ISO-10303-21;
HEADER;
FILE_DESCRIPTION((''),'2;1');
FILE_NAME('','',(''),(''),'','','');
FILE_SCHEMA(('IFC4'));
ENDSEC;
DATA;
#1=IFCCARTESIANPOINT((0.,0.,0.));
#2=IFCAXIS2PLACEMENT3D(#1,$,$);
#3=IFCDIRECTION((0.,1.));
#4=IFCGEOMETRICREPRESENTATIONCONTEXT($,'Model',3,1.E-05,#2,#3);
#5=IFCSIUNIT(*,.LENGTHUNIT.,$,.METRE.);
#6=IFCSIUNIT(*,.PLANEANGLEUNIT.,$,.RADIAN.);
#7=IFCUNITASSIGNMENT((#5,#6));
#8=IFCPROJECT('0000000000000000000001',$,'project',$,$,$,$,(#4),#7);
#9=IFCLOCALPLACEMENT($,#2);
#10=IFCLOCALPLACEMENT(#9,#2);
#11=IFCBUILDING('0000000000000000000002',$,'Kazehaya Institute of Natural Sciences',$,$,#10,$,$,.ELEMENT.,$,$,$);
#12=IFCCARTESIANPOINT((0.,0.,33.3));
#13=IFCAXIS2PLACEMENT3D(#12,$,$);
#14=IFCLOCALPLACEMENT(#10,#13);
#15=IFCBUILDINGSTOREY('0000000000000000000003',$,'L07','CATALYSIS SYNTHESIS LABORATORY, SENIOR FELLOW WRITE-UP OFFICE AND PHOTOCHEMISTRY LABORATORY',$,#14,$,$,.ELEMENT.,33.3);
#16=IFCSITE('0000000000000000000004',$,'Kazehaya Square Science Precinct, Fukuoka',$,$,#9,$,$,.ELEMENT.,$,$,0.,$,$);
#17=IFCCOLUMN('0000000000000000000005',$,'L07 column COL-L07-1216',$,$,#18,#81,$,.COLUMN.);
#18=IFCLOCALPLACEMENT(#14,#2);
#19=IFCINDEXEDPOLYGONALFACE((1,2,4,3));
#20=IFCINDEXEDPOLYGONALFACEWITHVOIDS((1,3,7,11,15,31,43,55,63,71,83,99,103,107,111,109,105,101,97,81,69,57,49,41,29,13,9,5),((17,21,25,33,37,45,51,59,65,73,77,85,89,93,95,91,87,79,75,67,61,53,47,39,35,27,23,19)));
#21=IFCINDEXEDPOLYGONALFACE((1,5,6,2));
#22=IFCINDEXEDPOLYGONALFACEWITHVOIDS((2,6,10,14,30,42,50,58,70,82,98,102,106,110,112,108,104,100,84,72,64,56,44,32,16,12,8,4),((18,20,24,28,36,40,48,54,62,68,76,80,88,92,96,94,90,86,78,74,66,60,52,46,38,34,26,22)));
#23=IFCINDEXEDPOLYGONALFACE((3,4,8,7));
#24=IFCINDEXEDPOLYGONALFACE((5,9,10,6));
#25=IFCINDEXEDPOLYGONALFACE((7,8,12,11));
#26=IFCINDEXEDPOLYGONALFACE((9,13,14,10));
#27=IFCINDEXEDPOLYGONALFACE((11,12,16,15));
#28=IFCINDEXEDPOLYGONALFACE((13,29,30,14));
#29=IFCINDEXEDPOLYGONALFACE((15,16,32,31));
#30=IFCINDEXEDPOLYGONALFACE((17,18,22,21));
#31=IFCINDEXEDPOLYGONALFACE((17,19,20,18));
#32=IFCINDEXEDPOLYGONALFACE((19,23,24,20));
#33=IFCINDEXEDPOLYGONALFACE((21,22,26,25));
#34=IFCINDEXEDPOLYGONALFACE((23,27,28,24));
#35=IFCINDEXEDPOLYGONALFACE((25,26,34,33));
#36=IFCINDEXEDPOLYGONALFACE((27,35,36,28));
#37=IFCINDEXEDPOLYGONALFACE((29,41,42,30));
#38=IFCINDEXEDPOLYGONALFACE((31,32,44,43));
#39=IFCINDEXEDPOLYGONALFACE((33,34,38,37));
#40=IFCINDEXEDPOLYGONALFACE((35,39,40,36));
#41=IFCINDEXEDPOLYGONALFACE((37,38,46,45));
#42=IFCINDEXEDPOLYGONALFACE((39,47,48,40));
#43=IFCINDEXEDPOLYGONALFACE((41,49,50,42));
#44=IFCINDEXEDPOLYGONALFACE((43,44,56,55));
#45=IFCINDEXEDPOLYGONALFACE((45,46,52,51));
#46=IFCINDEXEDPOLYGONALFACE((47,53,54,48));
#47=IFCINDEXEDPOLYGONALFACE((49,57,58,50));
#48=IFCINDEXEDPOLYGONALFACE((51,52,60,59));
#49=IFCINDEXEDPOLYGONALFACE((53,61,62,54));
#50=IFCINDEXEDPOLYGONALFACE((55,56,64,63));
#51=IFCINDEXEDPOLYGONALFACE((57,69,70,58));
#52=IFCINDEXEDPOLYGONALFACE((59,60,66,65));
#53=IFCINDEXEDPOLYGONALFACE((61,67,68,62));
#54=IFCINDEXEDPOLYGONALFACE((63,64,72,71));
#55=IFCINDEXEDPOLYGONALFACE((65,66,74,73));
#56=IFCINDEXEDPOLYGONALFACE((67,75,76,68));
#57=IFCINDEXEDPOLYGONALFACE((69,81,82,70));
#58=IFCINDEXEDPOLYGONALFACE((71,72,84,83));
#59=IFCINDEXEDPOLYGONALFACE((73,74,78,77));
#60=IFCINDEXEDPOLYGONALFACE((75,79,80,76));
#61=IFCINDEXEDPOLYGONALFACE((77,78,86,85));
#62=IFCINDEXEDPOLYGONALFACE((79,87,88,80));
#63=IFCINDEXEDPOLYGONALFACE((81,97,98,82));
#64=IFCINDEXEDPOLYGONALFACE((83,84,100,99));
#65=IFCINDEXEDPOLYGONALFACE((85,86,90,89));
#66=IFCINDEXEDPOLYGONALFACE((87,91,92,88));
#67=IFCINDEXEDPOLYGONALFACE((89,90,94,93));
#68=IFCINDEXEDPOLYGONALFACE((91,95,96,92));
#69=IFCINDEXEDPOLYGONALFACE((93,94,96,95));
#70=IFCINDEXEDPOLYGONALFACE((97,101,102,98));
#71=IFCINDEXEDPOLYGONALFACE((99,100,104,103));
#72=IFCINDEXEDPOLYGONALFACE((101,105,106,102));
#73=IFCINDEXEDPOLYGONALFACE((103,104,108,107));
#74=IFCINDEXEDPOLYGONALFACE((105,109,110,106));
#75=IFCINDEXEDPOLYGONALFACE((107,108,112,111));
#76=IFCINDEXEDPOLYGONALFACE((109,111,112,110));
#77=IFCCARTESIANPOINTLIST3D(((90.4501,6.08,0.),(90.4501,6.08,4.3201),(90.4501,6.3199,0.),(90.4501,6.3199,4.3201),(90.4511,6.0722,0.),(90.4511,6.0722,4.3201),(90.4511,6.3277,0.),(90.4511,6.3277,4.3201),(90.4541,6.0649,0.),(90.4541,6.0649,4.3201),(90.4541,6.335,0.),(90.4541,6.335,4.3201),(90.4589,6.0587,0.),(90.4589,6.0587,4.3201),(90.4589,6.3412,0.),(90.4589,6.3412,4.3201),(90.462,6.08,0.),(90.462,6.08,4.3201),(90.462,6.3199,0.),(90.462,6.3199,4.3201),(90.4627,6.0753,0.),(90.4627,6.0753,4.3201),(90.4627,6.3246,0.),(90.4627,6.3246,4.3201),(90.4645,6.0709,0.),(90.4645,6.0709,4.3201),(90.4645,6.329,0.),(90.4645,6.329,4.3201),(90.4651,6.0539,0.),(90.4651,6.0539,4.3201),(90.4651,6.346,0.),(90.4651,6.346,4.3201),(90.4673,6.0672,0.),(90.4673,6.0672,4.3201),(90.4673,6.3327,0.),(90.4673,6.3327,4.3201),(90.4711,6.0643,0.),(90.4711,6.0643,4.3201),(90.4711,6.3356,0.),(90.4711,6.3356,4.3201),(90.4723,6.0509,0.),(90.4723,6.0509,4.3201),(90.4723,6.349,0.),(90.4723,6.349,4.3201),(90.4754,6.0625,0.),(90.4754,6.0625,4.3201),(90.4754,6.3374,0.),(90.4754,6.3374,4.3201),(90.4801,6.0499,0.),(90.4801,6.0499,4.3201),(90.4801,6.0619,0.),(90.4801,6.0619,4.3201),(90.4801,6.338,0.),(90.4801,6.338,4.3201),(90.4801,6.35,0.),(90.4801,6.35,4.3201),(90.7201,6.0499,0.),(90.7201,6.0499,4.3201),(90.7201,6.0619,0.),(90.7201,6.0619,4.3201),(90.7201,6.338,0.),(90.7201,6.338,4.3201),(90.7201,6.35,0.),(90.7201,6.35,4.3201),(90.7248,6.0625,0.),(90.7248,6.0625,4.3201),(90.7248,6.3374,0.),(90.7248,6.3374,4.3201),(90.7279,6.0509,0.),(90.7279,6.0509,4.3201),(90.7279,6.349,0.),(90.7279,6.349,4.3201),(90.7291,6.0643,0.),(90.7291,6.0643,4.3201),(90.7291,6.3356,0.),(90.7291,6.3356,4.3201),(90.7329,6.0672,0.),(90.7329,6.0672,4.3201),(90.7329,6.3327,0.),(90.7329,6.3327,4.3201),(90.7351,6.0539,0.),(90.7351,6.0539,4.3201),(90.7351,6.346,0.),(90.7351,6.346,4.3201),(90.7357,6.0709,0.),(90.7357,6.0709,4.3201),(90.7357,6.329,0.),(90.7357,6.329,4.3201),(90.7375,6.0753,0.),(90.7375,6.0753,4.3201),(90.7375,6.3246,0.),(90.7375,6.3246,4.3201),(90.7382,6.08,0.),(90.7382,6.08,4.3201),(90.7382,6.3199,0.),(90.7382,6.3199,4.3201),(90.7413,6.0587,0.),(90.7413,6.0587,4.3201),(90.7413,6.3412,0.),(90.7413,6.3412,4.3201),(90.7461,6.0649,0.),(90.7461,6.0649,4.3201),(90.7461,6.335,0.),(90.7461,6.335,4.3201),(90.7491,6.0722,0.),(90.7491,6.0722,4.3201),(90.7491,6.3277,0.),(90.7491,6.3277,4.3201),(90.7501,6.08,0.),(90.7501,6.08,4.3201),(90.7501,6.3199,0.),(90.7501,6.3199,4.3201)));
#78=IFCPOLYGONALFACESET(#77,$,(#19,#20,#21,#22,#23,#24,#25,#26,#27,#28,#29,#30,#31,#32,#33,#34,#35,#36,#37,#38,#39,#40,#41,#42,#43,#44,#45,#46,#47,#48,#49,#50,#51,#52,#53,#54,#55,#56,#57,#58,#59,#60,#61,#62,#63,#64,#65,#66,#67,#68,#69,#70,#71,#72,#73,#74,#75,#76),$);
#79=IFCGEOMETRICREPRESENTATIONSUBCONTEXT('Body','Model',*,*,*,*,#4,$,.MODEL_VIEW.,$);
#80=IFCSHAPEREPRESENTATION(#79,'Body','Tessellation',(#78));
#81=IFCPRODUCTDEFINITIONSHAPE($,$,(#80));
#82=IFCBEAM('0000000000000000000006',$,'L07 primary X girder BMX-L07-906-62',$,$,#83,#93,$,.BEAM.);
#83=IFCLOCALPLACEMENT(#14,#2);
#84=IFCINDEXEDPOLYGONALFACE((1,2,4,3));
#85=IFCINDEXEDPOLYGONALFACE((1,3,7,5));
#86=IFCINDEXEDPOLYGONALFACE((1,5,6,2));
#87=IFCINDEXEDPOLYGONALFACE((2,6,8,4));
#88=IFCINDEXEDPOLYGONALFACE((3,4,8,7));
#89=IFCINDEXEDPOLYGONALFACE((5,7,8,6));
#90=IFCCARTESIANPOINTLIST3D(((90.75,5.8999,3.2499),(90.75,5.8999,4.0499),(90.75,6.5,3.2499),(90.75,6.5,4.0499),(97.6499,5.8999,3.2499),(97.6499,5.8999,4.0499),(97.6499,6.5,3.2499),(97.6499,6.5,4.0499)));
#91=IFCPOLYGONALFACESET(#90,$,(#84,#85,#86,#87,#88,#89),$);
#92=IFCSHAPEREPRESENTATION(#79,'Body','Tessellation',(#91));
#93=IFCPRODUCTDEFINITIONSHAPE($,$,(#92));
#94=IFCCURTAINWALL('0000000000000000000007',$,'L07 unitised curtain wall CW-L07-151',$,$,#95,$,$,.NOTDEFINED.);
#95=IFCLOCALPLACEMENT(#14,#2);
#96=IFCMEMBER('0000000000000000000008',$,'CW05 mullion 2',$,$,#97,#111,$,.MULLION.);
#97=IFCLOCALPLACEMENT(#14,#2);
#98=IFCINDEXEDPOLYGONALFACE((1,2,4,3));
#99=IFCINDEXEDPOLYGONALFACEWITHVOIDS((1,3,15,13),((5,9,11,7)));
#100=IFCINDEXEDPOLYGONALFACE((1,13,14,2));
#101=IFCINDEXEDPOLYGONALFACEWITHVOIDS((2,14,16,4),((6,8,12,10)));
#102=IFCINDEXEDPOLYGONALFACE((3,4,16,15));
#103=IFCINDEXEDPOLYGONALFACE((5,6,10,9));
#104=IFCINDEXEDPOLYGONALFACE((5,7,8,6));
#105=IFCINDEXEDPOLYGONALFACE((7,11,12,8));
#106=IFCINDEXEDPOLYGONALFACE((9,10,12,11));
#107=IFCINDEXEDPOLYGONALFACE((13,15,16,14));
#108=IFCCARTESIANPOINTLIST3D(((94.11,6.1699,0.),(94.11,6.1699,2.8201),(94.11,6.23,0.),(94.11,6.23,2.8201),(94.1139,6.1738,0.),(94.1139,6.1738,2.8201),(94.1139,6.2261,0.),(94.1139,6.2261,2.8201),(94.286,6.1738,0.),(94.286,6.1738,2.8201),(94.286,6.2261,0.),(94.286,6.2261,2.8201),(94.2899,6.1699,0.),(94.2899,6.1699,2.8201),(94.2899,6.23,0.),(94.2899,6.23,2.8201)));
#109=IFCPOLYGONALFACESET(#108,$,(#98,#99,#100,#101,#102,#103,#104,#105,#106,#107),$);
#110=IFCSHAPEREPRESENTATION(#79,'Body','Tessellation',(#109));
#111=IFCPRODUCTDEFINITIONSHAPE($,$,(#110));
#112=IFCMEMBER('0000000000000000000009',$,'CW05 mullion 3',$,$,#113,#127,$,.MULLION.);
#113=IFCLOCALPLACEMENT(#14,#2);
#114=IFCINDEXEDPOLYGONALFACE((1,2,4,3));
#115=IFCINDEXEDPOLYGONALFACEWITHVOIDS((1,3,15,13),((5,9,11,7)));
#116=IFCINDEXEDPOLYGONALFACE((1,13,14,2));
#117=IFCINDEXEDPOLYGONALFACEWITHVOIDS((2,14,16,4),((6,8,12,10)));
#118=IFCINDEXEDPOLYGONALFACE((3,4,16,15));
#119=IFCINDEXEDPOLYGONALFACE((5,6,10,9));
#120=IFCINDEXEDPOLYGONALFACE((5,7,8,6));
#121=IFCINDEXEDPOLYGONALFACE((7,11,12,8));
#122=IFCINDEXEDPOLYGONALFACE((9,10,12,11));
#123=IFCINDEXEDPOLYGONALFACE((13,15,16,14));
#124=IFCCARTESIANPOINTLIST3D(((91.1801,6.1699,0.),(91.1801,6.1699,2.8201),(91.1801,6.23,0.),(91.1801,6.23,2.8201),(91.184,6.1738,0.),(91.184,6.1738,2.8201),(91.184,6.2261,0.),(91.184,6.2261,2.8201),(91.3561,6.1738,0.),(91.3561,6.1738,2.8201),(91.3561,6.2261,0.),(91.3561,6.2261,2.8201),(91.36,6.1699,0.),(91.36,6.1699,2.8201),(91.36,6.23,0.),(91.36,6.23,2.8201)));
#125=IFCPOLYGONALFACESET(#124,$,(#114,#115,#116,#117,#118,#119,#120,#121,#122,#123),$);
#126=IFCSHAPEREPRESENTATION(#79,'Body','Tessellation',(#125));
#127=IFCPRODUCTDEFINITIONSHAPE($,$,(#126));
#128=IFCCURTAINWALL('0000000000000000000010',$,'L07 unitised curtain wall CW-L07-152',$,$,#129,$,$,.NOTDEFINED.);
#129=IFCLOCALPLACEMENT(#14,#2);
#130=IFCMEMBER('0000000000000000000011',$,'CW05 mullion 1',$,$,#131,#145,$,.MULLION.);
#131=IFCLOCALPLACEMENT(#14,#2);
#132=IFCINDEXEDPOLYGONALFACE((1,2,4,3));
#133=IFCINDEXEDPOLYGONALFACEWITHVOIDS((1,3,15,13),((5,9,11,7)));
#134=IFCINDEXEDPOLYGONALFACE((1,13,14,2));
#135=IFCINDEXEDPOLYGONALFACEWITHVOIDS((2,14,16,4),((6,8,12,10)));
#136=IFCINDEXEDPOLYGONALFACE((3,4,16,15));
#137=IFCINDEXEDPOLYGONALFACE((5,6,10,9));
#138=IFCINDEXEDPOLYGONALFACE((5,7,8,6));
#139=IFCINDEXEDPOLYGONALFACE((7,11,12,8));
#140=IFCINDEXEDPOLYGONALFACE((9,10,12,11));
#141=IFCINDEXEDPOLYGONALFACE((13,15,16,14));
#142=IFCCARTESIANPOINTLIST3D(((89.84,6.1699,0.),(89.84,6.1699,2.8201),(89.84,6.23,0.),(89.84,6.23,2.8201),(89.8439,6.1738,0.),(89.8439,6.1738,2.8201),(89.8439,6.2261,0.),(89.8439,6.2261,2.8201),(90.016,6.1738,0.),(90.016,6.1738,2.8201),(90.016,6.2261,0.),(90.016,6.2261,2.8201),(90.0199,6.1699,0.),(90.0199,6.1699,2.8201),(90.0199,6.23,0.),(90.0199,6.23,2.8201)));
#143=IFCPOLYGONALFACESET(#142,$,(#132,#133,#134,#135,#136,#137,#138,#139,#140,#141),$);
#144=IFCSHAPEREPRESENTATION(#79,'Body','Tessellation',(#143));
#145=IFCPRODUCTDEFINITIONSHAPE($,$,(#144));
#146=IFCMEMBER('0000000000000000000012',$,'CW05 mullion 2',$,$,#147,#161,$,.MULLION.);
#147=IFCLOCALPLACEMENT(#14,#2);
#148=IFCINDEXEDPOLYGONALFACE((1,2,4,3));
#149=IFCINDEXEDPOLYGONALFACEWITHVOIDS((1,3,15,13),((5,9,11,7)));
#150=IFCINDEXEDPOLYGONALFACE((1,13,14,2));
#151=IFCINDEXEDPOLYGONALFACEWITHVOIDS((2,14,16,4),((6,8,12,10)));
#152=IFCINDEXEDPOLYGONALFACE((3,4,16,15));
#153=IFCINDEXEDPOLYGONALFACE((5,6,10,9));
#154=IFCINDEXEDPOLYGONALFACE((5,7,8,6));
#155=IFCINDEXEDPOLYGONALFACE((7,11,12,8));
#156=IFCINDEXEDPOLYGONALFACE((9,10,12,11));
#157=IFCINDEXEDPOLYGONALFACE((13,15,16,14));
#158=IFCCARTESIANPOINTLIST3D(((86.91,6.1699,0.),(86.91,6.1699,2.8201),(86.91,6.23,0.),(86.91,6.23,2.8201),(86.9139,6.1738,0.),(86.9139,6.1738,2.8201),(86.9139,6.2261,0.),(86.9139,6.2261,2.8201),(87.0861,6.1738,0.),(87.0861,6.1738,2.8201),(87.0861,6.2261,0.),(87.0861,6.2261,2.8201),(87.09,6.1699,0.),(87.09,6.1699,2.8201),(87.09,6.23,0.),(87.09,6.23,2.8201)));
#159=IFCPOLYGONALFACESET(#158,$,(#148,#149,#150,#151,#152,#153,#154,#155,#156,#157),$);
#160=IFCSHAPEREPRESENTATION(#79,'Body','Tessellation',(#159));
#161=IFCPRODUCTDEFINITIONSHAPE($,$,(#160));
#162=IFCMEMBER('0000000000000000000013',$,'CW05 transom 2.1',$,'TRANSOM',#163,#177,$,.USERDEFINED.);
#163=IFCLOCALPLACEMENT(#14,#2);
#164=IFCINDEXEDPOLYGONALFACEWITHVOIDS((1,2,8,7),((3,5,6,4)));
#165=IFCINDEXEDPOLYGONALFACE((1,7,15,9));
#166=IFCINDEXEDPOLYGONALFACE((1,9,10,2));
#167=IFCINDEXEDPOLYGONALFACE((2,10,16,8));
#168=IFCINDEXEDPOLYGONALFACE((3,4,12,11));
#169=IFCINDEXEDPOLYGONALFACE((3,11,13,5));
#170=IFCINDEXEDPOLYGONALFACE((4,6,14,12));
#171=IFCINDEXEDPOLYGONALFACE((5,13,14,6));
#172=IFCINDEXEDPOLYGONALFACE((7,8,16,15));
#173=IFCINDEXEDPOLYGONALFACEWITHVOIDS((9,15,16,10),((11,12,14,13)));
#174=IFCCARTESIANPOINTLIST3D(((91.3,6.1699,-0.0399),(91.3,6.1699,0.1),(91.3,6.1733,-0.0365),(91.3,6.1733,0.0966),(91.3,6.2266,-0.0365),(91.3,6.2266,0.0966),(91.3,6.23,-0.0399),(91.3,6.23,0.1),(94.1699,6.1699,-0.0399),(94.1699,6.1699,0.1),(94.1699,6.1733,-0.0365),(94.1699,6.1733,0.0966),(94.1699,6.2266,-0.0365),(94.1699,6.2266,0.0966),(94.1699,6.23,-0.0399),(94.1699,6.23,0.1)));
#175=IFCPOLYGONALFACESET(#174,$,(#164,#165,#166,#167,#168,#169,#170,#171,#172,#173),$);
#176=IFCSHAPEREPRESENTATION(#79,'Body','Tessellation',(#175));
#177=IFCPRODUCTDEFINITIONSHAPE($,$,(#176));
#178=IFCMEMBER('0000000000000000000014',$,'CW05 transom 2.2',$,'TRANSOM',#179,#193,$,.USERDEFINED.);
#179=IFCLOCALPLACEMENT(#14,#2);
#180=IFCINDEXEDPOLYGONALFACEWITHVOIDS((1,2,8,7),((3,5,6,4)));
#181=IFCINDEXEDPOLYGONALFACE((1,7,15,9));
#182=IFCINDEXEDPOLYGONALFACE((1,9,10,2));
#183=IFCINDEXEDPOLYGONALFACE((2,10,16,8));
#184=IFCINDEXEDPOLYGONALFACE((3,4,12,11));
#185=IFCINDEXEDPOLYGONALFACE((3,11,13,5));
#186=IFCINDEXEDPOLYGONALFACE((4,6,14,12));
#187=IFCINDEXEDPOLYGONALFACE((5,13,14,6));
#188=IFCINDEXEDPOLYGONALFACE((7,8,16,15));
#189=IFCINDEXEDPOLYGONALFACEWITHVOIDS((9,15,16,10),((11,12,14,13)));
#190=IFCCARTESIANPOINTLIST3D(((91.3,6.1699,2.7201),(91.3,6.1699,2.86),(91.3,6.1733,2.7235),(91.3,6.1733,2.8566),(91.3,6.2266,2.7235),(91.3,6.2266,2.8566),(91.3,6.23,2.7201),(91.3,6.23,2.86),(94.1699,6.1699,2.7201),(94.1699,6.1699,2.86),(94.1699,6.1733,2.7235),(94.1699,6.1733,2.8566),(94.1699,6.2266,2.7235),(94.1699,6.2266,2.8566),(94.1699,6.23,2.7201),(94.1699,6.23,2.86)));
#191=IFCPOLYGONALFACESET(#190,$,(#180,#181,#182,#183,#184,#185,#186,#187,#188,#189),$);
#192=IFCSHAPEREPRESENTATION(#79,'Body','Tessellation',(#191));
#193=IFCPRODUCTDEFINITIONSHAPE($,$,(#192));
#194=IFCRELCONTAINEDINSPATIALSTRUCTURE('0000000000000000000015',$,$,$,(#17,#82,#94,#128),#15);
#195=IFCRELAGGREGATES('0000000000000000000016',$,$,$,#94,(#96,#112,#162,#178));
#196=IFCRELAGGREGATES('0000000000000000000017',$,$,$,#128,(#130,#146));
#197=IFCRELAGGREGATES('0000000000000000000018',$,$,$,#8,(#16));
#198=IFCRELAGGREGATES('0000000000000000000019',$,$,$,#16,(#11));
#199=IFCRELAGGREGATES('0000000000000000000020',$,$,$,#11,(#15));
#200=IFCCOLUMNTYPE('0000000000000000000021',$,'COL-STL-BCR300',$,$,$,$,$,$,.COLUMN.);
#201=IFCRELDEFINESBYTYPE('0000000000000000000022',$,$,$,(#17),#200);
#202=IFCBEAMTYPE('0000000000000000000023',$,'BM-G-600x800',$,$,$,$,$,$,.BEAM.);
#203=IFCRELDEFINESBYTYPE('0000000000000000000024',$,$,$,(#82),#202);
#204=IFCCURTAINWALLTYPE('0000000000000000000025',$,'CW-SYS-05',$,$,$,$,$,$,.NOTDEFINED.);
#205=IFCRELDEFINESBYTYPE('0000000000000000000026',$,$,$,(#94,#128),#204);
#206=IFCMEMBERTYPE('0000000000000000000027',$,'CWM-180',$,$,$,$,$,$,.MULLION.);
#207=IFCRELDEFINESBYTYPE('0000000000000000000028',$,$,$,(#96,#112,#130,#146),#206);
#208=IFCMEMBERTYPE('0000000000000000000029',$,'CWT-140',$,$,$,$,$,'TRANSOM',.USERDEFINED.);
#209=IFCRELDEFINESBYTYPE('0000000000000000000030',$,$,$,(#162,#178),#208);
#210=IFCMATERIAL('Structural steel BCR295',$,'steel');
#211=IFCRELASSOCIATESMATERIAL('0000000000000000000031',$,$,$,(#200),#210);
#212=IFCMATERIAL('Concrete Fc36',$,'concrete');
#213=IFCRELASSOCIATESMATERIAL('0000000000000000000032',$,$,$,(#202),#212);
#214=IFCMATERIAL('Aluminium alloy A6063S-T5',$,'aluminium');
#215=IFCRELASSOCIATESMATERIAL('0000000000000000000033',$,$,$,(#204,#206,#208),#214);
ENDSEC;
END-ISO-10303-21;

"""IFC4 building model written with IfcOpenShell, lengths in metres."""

from ifc_helpers import new_model, si_unit, direction, frame, origin, origin_2d, place, context, subcontext, project, spatial, rectangle, hollow_rectangle, extrude, material, material_profile, profile_set, type_object, element, aggregate, save


model = new_model("IFC4")

# Units and contexts
model_context = context("Model", 3, precision=1e-05, world=origin(), true_north=direction((0.0, 1.0)))
body_context = subcontext(model_context, "Body", "Model", "MODEL_VIEW")
ifc_project = project(units=[si_unit("LENGTHUNIT", "METRE"), si_unit("PLANEANGLEUNIT", "RADIAN")], contexts=[model_context])

# Site, building, storey
site_placement = place(None, origin())
site = spatial("IfcSite", under=ifc_project, at=site_placement, Name="Kazehaya Square Science Precinct, Fukuoka", CompositionType="ELEMENT", RefElevation=0.0)
building_placement = place(site_placement, origin())
building = spatial("IfcBuilding", under=site, at=building_placement, Name="Kazehaya Institute of Natural Sciences", CompositionType="ELEMENT")
storey_placement = place(building_placement, frame((0.0, 0.0, 33.3)))
storey = spatial("IfcBuildingStorey", under=building, at=storey_placement, Name="L07", Description="CATALYSIS SYNTHESIS LABORATORY, SENIOR FELLOW WRITE-UP OFFICE AND PHOTOCHEMISTRY LABORATORY", CompositionType="ELEMENT", Elevation=33.3)

# Column
ifc_material_1 = material(Name="Structural steel BCR295", Category="steel")
ifc_material_profile_1 = material_profile(ifc_material_1, hollow_rectangle(XDim=0.3, YDim=0.3, WallThickness=0.012, InnerFilletRadius=0.0181, OuterFilletRadius=0.03, at=origin_2d()), Name="BCR-300x300x12")
ifc_profile_set_1 = profile_set([ifc_material_profile_1], Name="Structural steel BCR295")
column_type = type_object("IfcColumnType", Name="COL-STL-BCR300", PredefinedType="COLUMN", material=ifc_profile_set_1)
column_placement = place(storey_placement, frame((90.6001, 6.2, 0.0), z_axis=(0.0, 0.0, 1.0), x_axis=(1.0, 0.0, 0.0)))
element("IfcColumn", 1, at=column_placement, inside=storey, type_object=column_type, Name="L07 column COL-L07-1216", PredefinedType="COLUMN", context=body_context, shape_type="SweptSolid", body=[
    extrude(hollow_rectangle(XDim=0.3, YDim=0.3, WallThickness=0.012, InnerFilletRadius=0.0181, OuterFilletRadius=0.03, at=origin_2d()), origin(), (0.0, 0.0, 1.0), 4.3201),
])

# Beam
ifc_material_2 = material(Name="Concrete Fc36", Category="concrete")
ifc_material_profile_2 = material_profile(ifc_material_2, rectangle(XDim=0.6001, YDim=0.8, at=origin_2d()), Name="RC-600x800")
ifc_profile_set_2 = profile_set([ifc_material_profile_2], Name="Concrete Fc36")
beam_type = type_object("IfcBeamType", Name="BM-G-600x800", PredefinedType="BEAM", material=ifc_profile_set_2)
beam_placement = place(storey_placement, frame((90.75, 6.2, 3.6499), z_axis=(1.0, 0.0, 0.0), x_axis=(0.0, 1.0, 0.0)))
element("IfcBeam", 2, at=beam_placement, inside=storey, type_object=beam_type, Name="L07 primary X girder BMX-L07-906-62", PredefinedType="BEAM", context=body_context, shape_type="SweptSolid", body=[
    extrude(rectangle(XDim=0.6001, YDim=0.8, at=origin_2d()), origin(), (0.0, 0.0, 1.0), 6.8999),
])

# Curtain walls, members
ifc_material_3 = material(Name="Aluminium alloy A6063S-T5", Category="aluminium")
curtain_wall_type = type_object("IfcCurtainWallType", Name="CW-SYS-05", PredefinedType="NOTDEFINED", material=ifc_material_3)
curtain_wall_1_placement = place(storey_placement, origin())
curtain_wall_1 = element("IfcCurtainWall", 3, at=curtain_wall_1_placement, inside=storey, type_object=curtain_wall_type, Name="L07 unitised curtain wall CW-L07-151", PredefinedType="NOTDEFINED")
ifc_material_profile_3 = material_profile(ifc_material_3, hollow_rectangle(XDim=0.0601, YDim=0.1799, WallThickness=0.0039, at=origin_2d()), Name="ALU-60x180x4")
ifc_profile_set_3 = profile_set([ifc_material_profile_3], Name="Aluminium alloy A6063S-T5")
member_type_1 = type_object("IfcMemberType", Name="CWM-180", PredefinedType="MULLION", material=ifc_profile_set_3)
member_1_placement = place(storey_placement, frame((94.2, 6.2, 0.0), z_axis=(0.0, 0.0, 1.0), x_axis=(0.0, -1.0, 0.0)))
member_1 = element("IfcMember", 4, at=member_1_placement, type_object=member_type_1, Name="CW05 mullion 2", PredefinedType="MULLION", context=body_context, shape_type="SweptSolid", body=[
    extrude(hollow_rectangle(XDim=0.0601, YDim=0.1799, WallThickness=0.0039, at=origin_2d()), origin(), (0.0, 0.0, 1.0), 2.8201),
])
member_2_placement = place(storey_placement, frame((91.27, 6.2, 0.0), z_axis=(0.0, 0.0, 1.0), x_axis=(0.0, -1.0, 0.0)))
member_2 = element("IfcMember", 5, at=member_2_placement, type_object=member_type_1, Name="CW05 mullion 3", PredefinedType="MULLION", context=body_context, shape_type="SweptSolid", body=[
    extrude(hollow_rectangle(XDim=0.0601, YDim=0.1799, WallThickness=0.0039, at=origin_2d()), origin(), (0.0, 0.0, 1.0), 2.8201),
])
curtain_wall_2_placement = place(storey_placement, origin())
curtain_wall_2 = element("IfcCurtainWall", 6, at=curtain_wall_2_placement, inside=storey, type_object=curtain_wall_type, Name="L07 unitised curtain wall CW-L07-152", PredefinedType="NOTDEFINED")
member_3_placement = place(storey_placement, frame((89.9299, 6.2, 0.0), z_axis=(0.0, 0.0, 1.0), x_axis=(0.0, -1.0, 0.0)))
member_3 = element("IfcMember", 7, at=member_3_placement, type_object=member_type_1, Name="CW05 mullion 1", PredefinedType="MULLION", context=body_context, shape_type="SweptSolid", body=[
    extrude(hollow_rectangle(XDim=0.0601, YDim=0.1799, WallThickness=0.0039, at=origin_2d()), origin(), (0.0, 0.0, 1.0), 2.8201),
])
member_4_placement = place(storey_placement, frame((87.0, 6.2, 0.0), z_axis=(0.0, 0.0, 1.0), x_axis=(0.0, -1.0, 0.0)))
member_4 = element("IfcMember", 8, at=member_4_placement, type_object=member_type_1, Name="CW05 mullion 2", PredefinedType="MULLION", context=body_context, shape_type="SweptSolid", body=[
    extrude(hollow_rectangle(XDim=0.0601, YDim=0.1799, WallThickness=0.0039, at=origin_2d()), origin(), (0.0, 0.0, 1.0), 2.8201),
])

# Members
ifc_material_profile_4 = material_profile(ifc_material_3, hollow_rectangle(XDim=0.0601, YDim=0.1399, WallThickness=0.0034, at=origin_2d()), Name="ALU-60x140x3.5")
ifc_profile_set_4 = profile_set([ifc_material_profile_4], Name="Aluminium alloy A6063S-T5")
member_type_2 = type_object("IfcMemberType", Name="CWT-140", ElementType="TRANSOM", PredefinedType="USERDEFINED", material=ifc_profile_set_4)
member_5_placement = place(storey_placement, frame((94.1699, 6.2, 0.03), z_axis=(-1.0, 0.0, 0.0), x_axis=(0.0, -1.0, 0.0)))
member_5 = element("IfcMember", 9, at=member_5_placement, type_object=member_type_2, Name="CW05 transom 2.1", ObjectType="TRANSOM", PredefinedType="USERDEFINED", context=body_context, shape_type="SweptSolid", body=[
    extrude(hollow_rectangle(XDim=0.0601, YDim=0.1399, WallThickness=0.0034, at=origin_2d()), origin(), (0.0, 0.0, 1.0), 2.8699),
])
member_6_placement = place(storey_placement, frame((94.1699, 6.2, 2.79), z_axis=(-1.0, 0.0, 0.0), x_axis=(0.0, -1.0, 0.0)))
member_6 = element("IfcMember", 10, at=member_6_placement, type_object=member_type_2, Name="CW05 transom 2.2", ObjectType="TRANSOM", PredefinedType="USERDEFINED", context=body_context, shape_type="SweptSolid", body=[
    extrude(hollow_rectangle(XDim=0.0601, YDim=0.1399, WallThickness=0.0034, at=origin_2d()), origin(), (0.0, 0.0, 1.0), 2.8699),
])

aggregate(curtain_wall_1, [member_1, member_2, member_5, member_6])
aggregate(curtain_wall_2, [member_3, member_4])

save(model, "model.ifc")
